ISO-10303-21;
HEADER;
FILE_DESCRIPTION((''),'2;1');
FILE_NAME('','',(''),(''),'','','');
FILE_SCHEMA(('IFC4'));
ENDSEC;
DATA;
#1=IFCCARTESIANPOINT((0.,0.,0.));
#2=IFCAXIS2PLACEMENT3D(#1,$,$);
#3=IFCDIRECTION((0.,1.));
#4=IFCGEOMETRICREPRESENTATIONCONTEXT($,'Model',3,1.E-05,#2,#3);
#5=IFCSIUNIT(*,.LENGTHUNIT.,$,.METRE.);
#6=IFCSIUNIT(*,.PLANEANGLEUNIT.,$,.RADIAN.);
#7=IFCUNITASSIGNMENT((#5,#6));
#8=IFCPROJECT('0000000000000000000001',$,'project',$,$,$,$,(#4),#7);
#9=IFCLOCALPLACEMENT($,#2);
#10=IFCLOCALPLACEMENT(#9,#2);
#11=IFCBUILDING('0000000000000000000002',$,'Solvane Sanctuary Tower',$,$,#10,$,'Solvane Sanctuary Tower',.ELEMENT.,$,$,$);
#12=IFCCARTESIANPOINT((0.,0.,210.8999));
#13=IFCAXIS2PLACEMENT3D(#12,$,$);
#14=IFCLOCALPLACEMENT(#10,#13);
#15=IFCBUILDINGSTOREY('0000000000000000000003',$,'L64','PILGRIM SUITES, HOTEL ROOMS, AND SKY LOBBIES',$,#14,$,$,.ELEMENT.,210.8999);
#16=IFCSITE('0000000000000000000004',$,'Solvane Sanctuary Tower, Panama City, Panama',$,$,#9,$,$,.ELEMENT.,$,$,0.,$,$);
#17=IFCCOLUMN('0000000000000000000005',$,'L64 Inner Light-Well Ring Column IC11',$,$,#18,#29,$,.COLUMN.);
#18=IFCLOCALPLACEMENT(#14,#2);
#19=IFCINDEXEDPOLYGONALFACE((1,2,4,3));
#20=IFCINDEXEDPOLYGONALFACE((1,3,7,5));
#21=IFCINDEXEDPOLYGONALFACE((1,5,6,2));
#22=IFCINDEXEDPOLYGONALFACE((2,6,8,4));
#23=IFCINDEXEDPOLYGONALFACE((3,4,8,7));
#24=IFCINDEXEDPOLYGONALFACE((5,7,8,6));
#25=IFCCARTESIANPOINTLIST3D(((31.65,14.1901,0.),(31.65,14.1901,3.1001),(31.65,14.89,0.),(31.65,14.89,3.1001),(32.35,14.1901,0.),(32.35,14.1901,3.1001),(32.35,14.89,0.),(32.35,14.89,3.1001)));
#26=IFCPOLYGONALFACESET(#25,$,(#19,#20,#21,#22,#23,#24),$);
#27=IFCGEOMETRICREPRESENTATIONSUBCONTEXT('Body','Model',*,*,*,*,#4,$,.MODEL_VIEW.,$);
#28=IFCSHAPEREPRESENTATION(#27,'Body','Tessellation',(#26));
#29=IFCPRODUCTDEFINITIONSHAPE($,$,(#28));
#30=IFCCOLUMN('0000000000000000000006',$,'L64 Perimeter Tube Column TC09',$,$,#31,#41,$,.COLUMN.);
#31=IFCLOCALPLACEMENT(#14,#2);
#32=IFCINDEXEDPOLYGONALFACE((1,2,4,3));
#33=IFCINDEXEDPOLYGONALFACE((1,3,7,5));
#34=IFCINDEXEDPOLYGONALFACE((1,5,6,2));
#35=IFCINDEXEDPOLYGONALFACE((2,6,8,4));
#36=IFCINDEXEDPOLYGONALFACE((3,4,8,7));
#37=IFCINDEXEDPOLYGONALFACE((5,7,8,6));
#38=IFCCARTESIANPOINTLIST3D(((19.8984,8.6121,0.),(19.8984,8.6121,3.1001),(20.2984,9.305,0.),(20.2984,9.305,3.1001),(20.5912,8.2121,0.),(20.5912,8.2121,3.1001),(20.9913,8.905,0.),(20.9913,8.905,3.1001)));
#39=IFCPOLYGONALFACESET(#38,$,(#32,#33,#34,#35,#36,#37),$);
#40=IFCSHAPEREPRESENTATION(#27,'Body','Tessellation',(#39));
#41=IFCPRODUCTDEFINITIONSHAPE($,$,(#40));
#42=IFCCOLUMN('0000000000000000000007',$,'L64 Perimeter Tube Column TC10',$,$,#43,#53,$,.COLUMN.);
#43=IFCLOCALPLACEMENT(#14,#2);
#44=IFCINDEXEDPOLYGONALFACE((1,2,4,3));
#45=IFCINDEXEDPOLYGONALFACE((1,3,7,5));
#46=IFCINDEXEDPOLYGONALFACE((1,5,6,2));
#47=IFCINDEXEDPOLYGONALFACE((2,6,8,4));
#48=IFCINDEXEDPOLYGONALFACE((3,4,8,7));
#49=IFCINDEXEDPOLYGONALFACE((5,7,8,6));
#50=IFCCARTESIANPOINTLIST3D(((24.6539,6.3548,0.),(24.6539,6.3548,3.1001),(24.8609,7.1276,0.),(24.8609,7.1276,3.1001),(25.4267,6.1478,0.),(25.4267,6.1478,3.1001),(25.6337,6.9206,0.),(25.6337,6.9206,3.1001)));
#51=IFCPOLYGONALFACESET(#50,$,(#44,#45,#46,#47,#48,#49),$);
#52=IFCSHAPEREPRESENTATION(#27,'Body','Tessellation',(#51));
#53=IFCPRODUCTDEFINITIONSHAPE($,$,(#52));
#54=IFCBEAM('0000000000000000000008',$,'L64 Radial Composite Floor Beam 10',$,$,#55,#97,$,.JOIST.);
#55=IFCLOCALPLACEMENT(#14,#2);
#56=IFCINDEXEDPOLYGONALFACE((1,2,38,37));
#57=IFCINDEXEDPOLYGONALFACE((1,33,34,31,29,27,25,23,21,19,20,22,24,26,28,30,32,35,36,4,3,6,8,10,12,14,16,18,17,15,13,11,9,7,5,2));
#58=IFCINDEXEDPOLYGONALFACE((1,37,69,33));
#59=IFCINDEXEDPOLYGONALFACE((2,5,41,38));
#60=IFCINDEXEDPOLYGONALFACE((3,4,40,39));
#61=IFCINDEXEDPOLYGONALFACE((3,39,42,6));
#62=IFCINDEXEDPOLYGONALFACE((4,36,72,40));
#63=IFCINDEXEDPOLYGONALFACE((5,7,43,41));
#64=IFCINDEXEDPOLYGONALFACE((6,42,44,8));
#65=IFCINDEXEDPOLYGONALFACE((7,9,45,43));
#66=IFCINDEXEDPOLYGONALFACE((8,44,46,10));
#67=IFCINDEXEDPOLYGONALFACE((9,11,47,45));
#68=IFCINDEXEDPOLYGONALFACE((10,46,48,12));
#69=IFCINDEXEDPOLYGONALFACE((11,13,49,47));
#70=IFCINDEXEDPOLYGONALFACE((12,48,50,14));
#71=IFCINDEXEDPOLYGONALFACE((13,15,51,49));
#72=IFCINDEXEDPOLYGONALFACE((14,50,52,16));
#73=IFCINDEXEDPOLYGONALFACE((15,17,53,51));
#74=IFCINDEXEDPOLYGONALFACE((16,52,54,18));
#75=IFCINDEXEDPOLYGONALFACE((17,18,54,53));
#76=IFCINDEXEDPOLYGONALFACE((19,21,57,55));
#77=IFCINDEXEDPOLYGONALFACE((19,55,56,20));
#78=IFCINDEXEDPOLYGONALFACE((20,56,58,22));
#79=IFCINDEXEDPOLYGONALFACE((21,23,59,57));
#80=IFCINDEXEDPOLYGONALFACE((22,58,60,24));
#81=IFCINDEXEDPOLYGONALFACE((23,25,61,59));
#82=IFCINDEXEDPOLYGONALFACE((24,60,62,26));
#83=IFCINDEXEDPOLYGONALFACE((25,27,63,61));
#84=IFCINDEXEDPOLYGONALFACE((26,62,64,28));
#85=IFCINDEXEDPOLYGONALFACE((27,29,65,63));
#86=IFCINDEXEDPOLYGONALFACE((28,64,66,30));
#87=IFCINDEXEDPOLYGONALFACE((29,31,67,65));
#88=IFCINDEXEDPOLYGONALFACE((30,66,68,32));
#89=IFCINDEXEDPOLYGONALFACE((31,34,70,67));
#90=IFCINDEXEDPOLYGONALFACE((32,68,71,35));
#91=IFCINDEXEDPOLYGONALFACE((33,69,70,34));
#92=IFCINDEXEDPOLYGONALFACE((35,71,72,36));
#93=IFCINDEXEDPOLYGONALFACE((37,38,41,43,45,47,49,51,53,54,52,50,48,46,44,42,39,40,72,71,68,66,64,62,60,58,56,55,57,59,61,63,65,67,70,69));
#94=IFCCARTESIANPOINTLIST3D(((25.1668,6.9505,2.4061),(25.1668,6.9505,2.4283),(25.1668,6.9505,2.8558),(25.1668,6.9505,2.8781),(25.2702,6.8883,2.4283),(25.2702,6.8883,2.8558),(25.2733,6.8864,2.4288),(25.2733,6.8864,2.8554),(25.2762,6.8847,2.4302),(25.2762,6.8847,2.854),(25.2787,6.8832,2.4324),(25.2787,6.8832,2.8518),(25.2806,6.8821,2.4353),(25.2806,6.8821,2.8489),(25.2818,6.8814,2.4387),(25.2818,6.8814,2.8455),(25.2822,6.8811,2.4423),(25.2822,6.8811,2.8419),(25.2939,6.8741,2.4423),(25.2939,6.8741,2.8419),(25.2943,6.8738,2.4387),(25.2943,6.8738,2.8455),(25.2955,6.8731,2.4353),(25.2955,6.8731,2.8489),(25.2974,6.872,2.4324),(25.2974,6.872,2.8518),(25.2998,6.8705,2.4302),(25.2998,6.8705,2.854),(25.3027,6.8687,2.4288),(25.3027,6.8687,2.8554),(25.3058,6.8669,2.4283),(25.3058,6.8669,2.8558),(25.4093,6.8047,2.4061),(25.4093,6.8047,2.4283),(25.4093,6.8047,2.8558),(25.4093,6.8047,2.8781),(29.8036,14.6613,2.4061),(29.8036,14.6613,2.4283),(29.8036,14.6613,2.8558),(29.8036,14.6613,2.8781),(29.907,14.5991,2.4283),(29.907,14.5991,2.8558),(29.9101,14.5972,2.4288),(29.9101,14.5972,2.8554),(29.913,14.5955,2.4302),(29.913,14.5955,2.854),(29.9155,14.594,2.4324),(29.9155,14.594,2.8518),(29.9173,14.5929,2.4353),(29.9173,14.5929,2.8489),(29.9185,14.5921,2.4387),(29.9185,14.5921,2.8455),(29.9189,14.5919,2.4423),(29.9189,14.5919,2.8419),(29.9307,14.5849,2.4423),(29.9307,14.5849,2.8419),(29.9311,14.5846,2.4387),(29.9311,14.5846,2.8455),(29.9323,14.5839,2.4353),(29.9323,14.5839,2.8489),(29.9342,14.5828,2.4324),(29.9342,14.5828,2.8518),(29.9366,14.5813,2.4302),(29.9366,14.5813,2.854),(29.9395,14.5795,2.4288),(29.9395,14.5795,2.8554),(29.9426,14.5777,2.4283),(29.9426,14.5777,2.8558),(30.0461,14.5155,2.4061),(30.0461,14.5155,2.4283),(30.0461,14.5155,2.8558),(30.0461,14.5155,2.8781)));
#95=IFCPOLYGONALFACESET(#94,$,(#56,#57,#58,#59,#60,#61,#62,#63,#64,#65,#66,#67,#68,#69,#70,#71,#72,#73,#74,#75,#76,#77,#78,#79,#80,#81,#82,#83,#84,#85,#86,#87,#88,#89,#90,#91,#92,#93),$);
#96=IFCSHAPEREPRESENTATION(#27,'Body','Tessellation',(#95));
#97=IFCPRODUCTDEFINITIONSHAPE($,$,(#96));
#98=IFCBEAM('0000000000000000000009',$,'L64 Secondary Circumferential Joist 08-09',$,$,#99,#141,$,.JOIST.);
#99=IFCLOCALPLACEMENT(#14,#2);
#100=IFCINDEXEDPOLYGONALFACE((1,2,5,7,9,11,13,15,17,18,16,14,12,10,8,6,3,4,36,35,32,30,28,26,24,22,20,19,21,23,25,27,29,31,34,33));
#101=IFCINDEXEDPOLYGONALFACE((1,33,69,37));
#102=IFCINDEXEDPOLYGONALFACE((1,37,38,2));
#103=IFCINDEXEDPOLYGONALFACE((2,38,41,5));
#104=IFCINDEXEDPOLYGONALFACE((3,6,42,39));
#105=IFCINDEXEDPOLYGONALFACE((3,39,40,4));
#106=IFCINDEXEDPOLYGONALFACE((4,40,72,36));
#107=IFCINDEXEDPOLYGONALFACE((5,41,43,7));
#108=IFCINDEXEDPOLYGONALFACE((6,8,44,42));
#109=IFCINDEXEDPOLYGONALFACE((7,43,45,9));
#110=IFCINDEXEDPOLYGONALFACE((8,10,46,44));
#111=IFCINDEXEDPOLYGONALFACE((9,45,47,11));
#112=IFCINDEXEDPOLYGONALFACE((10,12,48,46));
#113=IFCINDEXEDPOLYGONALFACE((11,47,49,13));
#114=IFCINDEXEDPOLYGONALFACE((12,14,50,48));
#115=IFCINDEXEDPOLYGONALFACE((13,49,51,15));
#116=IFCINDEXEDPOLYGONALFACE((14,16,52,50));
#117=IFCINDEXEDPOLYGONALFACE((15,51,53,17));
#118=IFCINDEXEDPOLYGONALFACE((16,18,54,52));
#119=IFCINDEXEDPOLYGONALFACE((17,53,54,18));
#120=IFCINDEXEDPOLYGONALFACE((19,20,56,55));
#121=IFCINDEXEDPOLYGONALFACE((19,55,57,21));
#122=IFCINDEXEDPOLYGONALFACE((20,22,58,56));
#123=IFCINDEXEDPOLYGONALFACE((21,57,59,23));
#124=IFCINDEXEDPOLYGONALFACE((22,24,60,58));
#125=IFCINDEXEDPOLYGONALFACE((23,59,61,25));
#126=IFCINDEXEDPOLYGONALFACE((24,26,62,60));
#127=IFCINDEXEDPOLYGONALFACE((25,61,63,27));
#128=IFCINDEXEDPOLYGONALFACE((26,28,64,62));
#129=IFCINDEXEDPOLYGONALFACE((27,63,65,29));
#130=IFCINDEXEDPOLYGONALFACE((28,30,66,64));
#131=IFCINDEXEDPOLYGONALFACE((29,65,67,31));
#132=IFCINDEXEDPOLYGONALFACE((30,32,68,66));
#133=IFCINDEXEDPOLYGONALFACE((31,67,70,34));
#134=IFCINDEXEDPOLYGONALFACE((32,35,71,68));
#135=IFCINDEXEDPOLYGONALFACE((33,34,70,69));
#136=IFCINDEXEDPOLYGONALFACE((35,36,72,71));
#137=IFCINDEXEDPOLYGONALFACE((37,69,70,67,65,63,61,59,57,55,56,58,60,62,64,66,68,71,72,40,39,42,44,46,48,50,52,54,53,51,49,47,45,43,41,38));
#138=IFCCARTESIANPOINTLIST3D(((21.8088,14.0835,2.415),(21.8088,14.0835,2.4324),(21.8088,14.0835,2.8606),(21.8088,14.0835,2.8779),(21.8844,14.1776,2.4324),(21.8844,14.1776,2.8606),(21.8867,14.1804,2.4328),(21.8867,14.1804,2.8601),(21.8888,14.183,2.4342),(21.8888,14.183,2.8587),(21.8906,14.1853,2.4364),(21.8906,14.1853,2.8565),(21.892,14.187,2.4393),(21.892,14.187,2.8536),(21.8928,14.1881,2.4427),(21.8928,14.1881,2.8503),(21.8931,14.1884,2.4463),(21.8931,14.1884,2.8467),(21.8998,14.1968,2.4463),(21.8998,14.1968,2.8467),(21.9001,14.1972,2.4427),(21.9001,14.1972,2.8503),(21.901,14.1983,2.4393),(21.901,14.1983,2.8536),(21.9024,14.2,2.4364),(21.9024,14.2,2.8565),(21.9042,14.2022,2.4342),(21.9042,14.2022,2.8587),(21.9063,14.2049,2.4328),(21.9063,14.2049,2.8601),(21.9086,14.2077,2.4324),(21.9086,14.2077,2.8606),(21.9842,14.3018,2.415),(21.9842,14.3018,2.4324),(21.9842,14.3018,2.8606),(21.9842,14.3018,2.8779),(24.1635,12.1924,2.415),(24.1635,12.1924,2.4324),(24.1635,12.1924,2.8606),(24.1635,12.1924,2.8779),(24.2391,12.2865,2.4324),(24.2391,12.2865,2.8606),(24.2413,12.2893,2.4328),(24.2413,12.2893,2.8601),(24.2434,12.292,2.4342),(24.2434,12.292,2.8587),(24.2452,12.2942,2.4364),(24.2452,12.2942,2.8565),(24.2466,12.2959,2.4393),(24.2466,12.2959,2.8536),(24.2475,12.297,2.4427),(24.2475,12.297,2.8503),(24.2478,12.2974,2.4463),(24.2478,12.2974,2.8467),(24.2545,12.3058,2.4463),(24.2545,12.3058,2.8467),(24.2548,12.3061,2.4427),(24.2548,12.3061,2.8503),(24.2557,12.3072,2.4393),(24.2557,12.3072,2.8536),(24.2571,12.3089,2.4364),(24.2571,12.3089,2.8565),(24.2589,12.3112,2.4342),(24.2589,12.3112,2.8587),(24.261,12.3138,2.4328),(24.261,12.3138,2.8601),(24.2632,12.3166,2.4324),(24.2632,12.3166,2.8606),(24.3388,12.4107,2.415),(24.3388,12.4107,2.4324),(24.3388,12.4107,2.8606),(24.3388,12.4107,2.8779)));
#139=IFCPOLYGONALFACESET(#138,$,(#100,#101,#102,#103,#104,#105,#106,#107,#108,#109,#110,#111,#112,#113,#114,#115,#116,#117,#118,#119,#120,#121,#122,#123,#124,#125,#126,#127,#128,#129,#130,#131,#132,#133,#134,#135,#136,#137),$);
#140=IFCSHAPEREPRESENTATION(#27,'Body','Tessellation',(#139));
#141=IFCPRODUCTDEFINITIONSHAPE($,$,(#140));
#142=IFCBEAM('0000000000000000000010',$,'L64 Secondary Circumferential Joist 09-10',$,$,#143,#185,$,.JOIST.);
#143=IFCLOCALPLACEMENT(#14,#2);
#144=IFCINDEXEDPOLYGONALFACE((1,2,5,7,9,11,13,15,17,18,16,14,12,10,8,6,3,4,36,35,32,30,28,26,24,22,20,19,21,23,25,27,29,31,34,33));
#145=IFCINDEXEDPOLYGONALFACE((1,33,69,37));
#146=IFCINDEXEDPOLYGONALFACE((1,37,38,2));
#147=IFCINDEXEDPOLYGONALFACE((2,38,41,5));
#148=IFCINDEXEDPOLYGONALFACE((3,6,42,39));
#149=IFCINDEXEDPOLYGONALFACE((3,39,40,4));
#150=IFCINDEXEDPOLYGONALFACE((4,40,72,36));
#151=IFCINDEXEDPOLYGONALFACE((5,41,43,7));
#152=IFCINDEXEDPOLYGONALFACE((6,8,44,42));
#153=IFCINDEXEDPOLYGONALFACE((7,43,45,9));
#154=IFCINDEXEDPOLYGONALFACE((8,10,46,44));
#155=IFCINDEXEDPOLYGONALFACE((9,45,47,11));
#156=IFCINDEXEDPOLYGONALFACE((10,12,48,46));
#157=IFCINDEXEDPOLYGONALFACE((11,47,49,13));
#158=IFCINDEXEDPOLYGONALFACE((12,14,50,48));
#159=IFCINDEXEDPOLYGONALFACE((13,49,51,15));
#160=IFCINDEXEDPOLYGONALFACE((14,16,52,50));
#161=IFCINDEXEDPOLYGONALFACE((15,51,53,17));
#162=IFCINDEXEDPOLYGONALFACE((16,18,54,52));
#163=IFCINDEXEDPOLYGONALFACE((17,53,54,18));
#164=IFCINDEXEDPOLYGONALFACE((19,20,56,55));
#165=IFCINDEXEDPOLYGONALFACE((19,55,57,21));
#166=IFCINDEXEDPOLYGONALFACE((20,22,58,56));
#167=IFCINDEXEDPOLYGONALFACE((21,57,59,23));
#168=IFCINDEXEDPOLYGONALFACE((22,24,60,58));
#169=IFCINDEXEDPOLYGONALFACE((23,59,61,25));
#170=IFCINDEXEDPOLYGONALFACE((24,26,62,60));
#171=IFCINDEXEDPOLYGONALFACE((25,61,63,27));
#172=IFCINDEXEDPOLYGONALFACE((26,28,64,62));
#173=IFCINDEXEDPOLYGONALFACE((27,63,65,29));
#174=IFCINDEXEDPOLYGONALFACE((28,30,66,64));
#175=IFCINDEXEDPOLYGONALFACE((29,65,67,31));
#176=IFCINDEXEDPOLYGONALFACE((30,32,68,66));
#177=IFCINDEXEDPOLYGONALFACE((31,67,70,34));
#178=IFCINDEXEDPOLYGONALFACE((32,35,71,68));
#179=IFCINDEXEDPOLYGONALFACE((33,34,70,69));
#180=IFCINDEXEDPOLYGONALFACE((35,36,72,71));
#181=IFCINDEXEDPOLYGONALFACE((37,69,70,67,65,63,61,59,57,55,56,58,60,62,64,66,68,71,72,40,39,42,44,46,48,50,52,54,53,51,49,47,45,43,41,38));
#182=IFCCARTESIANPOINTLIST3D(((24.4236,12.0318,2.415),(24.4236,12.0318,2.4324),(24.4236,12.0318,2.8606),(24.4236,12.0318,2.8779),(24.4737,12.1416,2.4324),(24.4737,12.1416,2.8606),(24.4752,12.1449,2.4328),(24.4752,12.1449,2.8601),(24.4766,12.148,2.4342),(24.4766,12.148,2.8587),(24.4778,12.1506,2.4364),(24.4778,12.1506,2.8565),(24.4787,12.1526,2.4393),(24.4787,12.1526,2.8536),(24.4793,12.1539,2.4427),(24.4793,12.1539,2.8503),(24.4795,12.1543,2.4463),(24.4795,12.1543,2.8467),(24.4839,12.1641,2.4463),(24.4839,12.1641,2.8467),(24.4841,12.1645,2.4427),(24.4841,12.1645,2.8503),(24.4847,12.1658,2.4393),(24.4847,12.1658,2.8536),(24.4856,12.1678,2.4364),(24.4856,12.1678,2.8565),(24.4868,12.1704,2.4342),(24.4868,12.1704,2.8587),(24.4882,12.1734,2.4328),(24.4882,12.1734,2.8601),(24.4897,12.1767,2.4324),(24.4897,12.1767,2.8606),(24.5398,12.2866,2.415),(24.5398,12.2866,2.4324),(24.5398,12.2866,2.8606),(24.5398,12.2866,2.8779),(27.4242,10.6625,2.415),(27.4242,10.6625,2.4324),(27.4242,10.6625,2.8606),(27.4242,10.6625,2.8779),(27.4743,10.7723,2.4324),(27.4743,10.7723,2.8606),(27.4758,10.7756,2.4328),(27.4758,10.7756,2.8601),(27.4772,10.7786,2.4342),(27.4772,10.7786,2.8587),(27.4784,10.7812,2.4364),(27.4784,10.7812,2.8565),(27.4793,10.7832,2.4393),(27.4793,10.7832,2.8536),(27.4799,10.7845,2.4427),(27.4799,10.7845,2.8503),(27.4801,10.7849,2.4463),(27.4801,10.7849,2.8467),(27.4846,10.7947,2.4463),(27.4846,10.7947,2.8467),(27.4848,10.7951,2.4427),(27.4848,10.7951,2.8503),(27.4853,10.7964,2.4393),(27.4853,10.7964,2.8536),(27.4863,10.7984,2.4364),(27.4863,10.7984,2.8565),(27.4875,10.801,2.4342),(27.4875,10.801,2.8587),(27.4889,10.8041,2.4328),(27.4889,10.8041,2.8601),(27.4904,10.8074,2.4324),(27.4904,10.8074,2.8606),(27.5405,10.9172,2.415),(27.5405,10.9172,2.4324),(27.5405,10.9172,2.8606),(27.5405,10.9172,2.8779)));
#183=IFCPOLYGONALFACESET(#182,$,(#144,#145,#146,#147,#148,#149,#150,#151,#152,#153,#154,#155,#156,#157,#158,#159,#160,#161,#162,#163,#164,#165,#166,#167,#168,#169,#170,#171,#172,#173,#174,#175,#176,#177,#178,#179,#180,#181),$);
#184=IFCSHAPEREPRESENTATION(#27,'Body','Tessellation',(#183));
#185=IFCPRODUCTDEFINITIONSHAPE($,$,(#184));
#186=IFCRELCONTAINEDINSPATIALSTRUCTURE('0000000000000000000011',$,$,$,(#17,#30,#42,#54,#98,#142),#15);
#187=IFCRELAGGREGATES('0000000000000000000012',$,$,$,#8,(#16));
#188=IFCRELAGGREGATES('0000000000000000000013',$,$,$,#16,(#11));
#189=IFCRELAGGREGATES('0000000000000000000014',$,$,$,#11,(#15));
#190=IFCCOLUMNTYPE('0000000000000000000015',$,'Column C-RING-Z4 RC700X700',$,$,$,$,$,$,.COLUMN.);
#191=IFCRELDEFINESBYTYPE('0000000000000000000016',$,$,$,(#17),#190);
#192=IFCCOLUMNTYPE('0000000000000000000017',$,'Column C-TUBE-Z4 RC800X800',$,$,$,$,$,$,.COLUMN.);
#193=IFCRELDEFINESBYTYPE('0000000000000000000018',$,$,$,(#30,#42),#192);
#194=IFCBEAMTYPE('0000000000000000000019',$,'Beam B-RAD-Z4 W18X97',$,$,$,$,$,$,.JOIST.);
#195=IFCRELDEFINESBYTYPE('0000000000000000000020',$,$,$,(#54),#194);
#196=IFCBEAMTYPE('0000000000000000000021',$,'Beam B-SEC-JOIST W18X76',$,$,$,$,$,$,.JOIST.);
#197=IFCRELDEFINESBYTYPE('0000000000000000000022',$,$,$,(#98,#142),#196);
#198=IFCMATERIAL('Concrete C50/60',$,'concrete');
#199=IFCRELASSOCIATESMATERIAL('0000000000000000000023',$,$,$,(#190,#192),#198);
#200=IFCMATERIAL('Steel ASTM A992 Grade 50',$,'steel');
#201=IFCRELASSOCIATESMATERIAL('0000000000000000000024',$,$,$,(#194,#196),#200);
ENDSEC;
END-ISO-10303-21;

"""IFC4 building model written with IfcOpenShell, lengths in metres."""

from ifc_helpers import new_model, si_unit, direction, frame, origin, origin_2d, place, context, subcontext, project, spatial, rectangle, i_section, extrude, material, material_profile, profile_set, type_object, element, save


model = new_model("IFC4")

# Units and contexts
model_context = context("Model", 3, precision=1e-05, world=origin(), true_north=direction((0.0, 1.0)))
body_context = subcontext(model_context, "Body", "Model", "MODEL_VIEW")
ifc_project = project(units=[si_unit("LENGTHUNIT", "METRE"), si_unit("PLANEANGLEUNIT", "RADIAN")], contexts=[model_context])

# Site, building, storey
site_placement = place(None, origin())
site = spatial("IfcSite", under=ifc_project, at=site_placement, Name="Solvane Sanctuary Tower, Panama City, Panama", CompositionType="ELEMENT", RefElevation=0.0)
building_placement = place(site_placement, origin())
building = spatial("IfcBuilding", under=site, at=building_placement, Name="Solvane Sanctuary Tower", LongName="Solvane Sanctuary Tower", CompositionType="ELEMENT")
storey_placement = place(building_placement, frame((0.0, 0.0, 210.8999)))
storey = spatial("IfcBuildingStorey", under=building, at=storey_placement, Name="L64", Description="PILGRIM SUITES, HOTEL ROOMS, AND SKY LOBBIES", CompositionType="ELEMENT", Elevation=210.8999)

# Columns
ifc_material_1 = material(Name="Concrete C50/60", Category="concrete")
ifc_material_profile_1 = material_profile(ifc_material_1, rectangle(XDim=0.7, YDim=0.7, at=origin_2d()), Name="RC700X700")
ifc_profile_set_1 = profile_set([ifc_material_profile_1], Name="Concrete C50/60")
column_type_1 = type_object("IfcColumnType", Name="Column C-RING-Z4 RC700X700", PredefinedType="COLUMN", material=ifc_profile_set_1)
column_placement = place(storey_placement, frame((32.0, 14.54, 0.0), z_axis=(0.0, 0.0, 1.0), x_axis=(1.0, 0.0, 0.0)))
element("IfcColumn", 1, at=column_placement, inside=storey, type_object=column_type_1, Name="L64 Inner Light-Well Ring Column IC11", PredefinedType="COLUMN", context=body_context, shape_type="SweptSolid", body=[
    extrude(rectangle(XDim=0.7, YDim=0.7, at=origin_2d()), origin(), (0.0, 0.0, 1.0), 3.1001),
])
ifc_material_profile_2 = material_profile(ifc_material_1, rectangle(XDim=0.8, YDim=0.8, at=origin_2d()), Name="RC800X800")
ifc_profile_set_2 = profile_set([ifc_material_profile_2], Name="Concrete C50/60")
column_type_2 = type_object("IfcColumnType", Name="Column C-TUBE-Z4 RC800X800", PredefinedType="COLUMN", material=ifc_profile_set_2)
for number, where, z_axis, x_axis, name in (
    (2, (20.4448, 8.7585, 0.0), (0.0, 0.0, 1.0), (-0.5, -0.866025, 0.0), "L64 Perimeter Tube Column TC09"),
    (3, (25.1438, 6.6377, 0.0), (0.0, 0.0, 1.0), (-0.258819, -0.965926, 0.0), "L64 Perimeter Tube Column TC10"),
):
    element("IfcColumn", number, at=place(storey_placement, frame(where, z_axis=z_axis, x_axis=x_axis)), inside=storey, type_object=column_type_2, Name=name, PredefinedType="COLUMN", context=body_context, shape_type="SweptSolid", body=[
        extrude(rectangle(XDim=0.8, YDim=0.8, at=origin_2d()), origin(), (0.0, 0.0, 1.0), 3.1001),
    ])

# Beams
ifc_material_2 = material(Name="Steel ASTM A992 Grade 50", Category="steel")
ifc_material_profile_3 = material_profile(ifc_material_2, i_section(OverallWidth=0.283, OverallDepth=0.4719, WebThickness=0.0137, FlangeThickness=0.0222, FilletRadius=0.0139, at=origin_2d()), Name="W18X97")
ifc_profile_set_3 = profile_set([ifc_material_profile_3], Name="Steel ASTM A992 Grade 50")
beam_type_1 = type_object("IfcBeamType", Name="Beam B-RAD-Z4 W18X97", PredefinedType="JOIST", material=ifc_profile_set_3)
beam_1_placement = place(storey_placement, frame((29.9248, 14.5884, 2.6421), z_axis=(-0.515337, -0.856987, 0.0), x_axis=(0.856987, -0.515337, 0.0)))
element("IfcBeam", 4, at=beam_1_placement, inside=storey, type_object=beam_type_1, Name="L64 Radial Composite Floor Beam 10", PredefinedType="JOIST", context=body_context, shape_type="SweptSolid", body=[
    extrude(i_section(OverallWidth=0.283, OverallDepth=0.4719, WebThickness=0.0137, FlangeThickness=0.0222, FilletRadius=0.0139, at=origin_2d()), origin(), (0.0, 0.0, 1.0), 8.9976),
])
ifc_material_profile_4 = material_profile(ifc_material_2, i_section(OverallWidth=0.28, OverallDepth=0.4629, WebThickness=0.0107, FlangeThickness=0.0173, FilletRadius=0.0139, at=origin_2d()), Name="W18X76")
ifc_profile_set_4 = profile_set([ifc_material_profile_4], Name="Steel ASTM A992 Grade 50")
beam_type_2 = type_object("IfcBeamType", Name="Beam B-SEC-JOIST W18X76", PredefinedType="JOIST", material=ifc_profile_set_4)
beam_2_placement = place(storey_placement, frame((21.8965, 14.1926, 2.6465), z_axis=(0.779684, -0.626173, 0.0), x_axis=(0.626173, 0.779684, 0.0)))
element("IfcBeam", 5, at=beam_2_placement, inside=storey, type_object=beam_type_2, Name="L64 Secondary Circumferential Joist 08-09", PredefinedType="JOIST", context=body_context, shape_type="SweptSolid", body=[
    extrude(i_section(OverallWidth=0.28, OverallDepth=0.4629, WebThickness=0.0107, FlangeThickness=0.0173, FilletRadius=0.0139, at=origin_2d()), origin(), (0.0, 0.0, 1.0), 3.02),
])
beam_3_placement = place(storey_placement, frame((24.4817, 12.1592, 2.6465), z_axis=(0.909747, -0.415163, 0.0), x_axis=(0.415163, 0.909747, 0.0)))
element("IfcBeam", 6, at=beam_3_placement, inside=storey, type_object=beam_type_2, Name="L64 Secondary Circumferential Joist 09-10", PredefinedType="JOIST", context=body_context, shape_type="SweptSolid", body=[
    extrude(i_section(OverallWidth=0.28, OverallDepth=0.4629, WebThickness=0.0107, FlangeThickness=0.0173, FilletRadius=0.0139, at=origin_2d()), origin(), (0.0, 0.0, 1.0), 3.2983),
])

save(model, "model.ifc")
